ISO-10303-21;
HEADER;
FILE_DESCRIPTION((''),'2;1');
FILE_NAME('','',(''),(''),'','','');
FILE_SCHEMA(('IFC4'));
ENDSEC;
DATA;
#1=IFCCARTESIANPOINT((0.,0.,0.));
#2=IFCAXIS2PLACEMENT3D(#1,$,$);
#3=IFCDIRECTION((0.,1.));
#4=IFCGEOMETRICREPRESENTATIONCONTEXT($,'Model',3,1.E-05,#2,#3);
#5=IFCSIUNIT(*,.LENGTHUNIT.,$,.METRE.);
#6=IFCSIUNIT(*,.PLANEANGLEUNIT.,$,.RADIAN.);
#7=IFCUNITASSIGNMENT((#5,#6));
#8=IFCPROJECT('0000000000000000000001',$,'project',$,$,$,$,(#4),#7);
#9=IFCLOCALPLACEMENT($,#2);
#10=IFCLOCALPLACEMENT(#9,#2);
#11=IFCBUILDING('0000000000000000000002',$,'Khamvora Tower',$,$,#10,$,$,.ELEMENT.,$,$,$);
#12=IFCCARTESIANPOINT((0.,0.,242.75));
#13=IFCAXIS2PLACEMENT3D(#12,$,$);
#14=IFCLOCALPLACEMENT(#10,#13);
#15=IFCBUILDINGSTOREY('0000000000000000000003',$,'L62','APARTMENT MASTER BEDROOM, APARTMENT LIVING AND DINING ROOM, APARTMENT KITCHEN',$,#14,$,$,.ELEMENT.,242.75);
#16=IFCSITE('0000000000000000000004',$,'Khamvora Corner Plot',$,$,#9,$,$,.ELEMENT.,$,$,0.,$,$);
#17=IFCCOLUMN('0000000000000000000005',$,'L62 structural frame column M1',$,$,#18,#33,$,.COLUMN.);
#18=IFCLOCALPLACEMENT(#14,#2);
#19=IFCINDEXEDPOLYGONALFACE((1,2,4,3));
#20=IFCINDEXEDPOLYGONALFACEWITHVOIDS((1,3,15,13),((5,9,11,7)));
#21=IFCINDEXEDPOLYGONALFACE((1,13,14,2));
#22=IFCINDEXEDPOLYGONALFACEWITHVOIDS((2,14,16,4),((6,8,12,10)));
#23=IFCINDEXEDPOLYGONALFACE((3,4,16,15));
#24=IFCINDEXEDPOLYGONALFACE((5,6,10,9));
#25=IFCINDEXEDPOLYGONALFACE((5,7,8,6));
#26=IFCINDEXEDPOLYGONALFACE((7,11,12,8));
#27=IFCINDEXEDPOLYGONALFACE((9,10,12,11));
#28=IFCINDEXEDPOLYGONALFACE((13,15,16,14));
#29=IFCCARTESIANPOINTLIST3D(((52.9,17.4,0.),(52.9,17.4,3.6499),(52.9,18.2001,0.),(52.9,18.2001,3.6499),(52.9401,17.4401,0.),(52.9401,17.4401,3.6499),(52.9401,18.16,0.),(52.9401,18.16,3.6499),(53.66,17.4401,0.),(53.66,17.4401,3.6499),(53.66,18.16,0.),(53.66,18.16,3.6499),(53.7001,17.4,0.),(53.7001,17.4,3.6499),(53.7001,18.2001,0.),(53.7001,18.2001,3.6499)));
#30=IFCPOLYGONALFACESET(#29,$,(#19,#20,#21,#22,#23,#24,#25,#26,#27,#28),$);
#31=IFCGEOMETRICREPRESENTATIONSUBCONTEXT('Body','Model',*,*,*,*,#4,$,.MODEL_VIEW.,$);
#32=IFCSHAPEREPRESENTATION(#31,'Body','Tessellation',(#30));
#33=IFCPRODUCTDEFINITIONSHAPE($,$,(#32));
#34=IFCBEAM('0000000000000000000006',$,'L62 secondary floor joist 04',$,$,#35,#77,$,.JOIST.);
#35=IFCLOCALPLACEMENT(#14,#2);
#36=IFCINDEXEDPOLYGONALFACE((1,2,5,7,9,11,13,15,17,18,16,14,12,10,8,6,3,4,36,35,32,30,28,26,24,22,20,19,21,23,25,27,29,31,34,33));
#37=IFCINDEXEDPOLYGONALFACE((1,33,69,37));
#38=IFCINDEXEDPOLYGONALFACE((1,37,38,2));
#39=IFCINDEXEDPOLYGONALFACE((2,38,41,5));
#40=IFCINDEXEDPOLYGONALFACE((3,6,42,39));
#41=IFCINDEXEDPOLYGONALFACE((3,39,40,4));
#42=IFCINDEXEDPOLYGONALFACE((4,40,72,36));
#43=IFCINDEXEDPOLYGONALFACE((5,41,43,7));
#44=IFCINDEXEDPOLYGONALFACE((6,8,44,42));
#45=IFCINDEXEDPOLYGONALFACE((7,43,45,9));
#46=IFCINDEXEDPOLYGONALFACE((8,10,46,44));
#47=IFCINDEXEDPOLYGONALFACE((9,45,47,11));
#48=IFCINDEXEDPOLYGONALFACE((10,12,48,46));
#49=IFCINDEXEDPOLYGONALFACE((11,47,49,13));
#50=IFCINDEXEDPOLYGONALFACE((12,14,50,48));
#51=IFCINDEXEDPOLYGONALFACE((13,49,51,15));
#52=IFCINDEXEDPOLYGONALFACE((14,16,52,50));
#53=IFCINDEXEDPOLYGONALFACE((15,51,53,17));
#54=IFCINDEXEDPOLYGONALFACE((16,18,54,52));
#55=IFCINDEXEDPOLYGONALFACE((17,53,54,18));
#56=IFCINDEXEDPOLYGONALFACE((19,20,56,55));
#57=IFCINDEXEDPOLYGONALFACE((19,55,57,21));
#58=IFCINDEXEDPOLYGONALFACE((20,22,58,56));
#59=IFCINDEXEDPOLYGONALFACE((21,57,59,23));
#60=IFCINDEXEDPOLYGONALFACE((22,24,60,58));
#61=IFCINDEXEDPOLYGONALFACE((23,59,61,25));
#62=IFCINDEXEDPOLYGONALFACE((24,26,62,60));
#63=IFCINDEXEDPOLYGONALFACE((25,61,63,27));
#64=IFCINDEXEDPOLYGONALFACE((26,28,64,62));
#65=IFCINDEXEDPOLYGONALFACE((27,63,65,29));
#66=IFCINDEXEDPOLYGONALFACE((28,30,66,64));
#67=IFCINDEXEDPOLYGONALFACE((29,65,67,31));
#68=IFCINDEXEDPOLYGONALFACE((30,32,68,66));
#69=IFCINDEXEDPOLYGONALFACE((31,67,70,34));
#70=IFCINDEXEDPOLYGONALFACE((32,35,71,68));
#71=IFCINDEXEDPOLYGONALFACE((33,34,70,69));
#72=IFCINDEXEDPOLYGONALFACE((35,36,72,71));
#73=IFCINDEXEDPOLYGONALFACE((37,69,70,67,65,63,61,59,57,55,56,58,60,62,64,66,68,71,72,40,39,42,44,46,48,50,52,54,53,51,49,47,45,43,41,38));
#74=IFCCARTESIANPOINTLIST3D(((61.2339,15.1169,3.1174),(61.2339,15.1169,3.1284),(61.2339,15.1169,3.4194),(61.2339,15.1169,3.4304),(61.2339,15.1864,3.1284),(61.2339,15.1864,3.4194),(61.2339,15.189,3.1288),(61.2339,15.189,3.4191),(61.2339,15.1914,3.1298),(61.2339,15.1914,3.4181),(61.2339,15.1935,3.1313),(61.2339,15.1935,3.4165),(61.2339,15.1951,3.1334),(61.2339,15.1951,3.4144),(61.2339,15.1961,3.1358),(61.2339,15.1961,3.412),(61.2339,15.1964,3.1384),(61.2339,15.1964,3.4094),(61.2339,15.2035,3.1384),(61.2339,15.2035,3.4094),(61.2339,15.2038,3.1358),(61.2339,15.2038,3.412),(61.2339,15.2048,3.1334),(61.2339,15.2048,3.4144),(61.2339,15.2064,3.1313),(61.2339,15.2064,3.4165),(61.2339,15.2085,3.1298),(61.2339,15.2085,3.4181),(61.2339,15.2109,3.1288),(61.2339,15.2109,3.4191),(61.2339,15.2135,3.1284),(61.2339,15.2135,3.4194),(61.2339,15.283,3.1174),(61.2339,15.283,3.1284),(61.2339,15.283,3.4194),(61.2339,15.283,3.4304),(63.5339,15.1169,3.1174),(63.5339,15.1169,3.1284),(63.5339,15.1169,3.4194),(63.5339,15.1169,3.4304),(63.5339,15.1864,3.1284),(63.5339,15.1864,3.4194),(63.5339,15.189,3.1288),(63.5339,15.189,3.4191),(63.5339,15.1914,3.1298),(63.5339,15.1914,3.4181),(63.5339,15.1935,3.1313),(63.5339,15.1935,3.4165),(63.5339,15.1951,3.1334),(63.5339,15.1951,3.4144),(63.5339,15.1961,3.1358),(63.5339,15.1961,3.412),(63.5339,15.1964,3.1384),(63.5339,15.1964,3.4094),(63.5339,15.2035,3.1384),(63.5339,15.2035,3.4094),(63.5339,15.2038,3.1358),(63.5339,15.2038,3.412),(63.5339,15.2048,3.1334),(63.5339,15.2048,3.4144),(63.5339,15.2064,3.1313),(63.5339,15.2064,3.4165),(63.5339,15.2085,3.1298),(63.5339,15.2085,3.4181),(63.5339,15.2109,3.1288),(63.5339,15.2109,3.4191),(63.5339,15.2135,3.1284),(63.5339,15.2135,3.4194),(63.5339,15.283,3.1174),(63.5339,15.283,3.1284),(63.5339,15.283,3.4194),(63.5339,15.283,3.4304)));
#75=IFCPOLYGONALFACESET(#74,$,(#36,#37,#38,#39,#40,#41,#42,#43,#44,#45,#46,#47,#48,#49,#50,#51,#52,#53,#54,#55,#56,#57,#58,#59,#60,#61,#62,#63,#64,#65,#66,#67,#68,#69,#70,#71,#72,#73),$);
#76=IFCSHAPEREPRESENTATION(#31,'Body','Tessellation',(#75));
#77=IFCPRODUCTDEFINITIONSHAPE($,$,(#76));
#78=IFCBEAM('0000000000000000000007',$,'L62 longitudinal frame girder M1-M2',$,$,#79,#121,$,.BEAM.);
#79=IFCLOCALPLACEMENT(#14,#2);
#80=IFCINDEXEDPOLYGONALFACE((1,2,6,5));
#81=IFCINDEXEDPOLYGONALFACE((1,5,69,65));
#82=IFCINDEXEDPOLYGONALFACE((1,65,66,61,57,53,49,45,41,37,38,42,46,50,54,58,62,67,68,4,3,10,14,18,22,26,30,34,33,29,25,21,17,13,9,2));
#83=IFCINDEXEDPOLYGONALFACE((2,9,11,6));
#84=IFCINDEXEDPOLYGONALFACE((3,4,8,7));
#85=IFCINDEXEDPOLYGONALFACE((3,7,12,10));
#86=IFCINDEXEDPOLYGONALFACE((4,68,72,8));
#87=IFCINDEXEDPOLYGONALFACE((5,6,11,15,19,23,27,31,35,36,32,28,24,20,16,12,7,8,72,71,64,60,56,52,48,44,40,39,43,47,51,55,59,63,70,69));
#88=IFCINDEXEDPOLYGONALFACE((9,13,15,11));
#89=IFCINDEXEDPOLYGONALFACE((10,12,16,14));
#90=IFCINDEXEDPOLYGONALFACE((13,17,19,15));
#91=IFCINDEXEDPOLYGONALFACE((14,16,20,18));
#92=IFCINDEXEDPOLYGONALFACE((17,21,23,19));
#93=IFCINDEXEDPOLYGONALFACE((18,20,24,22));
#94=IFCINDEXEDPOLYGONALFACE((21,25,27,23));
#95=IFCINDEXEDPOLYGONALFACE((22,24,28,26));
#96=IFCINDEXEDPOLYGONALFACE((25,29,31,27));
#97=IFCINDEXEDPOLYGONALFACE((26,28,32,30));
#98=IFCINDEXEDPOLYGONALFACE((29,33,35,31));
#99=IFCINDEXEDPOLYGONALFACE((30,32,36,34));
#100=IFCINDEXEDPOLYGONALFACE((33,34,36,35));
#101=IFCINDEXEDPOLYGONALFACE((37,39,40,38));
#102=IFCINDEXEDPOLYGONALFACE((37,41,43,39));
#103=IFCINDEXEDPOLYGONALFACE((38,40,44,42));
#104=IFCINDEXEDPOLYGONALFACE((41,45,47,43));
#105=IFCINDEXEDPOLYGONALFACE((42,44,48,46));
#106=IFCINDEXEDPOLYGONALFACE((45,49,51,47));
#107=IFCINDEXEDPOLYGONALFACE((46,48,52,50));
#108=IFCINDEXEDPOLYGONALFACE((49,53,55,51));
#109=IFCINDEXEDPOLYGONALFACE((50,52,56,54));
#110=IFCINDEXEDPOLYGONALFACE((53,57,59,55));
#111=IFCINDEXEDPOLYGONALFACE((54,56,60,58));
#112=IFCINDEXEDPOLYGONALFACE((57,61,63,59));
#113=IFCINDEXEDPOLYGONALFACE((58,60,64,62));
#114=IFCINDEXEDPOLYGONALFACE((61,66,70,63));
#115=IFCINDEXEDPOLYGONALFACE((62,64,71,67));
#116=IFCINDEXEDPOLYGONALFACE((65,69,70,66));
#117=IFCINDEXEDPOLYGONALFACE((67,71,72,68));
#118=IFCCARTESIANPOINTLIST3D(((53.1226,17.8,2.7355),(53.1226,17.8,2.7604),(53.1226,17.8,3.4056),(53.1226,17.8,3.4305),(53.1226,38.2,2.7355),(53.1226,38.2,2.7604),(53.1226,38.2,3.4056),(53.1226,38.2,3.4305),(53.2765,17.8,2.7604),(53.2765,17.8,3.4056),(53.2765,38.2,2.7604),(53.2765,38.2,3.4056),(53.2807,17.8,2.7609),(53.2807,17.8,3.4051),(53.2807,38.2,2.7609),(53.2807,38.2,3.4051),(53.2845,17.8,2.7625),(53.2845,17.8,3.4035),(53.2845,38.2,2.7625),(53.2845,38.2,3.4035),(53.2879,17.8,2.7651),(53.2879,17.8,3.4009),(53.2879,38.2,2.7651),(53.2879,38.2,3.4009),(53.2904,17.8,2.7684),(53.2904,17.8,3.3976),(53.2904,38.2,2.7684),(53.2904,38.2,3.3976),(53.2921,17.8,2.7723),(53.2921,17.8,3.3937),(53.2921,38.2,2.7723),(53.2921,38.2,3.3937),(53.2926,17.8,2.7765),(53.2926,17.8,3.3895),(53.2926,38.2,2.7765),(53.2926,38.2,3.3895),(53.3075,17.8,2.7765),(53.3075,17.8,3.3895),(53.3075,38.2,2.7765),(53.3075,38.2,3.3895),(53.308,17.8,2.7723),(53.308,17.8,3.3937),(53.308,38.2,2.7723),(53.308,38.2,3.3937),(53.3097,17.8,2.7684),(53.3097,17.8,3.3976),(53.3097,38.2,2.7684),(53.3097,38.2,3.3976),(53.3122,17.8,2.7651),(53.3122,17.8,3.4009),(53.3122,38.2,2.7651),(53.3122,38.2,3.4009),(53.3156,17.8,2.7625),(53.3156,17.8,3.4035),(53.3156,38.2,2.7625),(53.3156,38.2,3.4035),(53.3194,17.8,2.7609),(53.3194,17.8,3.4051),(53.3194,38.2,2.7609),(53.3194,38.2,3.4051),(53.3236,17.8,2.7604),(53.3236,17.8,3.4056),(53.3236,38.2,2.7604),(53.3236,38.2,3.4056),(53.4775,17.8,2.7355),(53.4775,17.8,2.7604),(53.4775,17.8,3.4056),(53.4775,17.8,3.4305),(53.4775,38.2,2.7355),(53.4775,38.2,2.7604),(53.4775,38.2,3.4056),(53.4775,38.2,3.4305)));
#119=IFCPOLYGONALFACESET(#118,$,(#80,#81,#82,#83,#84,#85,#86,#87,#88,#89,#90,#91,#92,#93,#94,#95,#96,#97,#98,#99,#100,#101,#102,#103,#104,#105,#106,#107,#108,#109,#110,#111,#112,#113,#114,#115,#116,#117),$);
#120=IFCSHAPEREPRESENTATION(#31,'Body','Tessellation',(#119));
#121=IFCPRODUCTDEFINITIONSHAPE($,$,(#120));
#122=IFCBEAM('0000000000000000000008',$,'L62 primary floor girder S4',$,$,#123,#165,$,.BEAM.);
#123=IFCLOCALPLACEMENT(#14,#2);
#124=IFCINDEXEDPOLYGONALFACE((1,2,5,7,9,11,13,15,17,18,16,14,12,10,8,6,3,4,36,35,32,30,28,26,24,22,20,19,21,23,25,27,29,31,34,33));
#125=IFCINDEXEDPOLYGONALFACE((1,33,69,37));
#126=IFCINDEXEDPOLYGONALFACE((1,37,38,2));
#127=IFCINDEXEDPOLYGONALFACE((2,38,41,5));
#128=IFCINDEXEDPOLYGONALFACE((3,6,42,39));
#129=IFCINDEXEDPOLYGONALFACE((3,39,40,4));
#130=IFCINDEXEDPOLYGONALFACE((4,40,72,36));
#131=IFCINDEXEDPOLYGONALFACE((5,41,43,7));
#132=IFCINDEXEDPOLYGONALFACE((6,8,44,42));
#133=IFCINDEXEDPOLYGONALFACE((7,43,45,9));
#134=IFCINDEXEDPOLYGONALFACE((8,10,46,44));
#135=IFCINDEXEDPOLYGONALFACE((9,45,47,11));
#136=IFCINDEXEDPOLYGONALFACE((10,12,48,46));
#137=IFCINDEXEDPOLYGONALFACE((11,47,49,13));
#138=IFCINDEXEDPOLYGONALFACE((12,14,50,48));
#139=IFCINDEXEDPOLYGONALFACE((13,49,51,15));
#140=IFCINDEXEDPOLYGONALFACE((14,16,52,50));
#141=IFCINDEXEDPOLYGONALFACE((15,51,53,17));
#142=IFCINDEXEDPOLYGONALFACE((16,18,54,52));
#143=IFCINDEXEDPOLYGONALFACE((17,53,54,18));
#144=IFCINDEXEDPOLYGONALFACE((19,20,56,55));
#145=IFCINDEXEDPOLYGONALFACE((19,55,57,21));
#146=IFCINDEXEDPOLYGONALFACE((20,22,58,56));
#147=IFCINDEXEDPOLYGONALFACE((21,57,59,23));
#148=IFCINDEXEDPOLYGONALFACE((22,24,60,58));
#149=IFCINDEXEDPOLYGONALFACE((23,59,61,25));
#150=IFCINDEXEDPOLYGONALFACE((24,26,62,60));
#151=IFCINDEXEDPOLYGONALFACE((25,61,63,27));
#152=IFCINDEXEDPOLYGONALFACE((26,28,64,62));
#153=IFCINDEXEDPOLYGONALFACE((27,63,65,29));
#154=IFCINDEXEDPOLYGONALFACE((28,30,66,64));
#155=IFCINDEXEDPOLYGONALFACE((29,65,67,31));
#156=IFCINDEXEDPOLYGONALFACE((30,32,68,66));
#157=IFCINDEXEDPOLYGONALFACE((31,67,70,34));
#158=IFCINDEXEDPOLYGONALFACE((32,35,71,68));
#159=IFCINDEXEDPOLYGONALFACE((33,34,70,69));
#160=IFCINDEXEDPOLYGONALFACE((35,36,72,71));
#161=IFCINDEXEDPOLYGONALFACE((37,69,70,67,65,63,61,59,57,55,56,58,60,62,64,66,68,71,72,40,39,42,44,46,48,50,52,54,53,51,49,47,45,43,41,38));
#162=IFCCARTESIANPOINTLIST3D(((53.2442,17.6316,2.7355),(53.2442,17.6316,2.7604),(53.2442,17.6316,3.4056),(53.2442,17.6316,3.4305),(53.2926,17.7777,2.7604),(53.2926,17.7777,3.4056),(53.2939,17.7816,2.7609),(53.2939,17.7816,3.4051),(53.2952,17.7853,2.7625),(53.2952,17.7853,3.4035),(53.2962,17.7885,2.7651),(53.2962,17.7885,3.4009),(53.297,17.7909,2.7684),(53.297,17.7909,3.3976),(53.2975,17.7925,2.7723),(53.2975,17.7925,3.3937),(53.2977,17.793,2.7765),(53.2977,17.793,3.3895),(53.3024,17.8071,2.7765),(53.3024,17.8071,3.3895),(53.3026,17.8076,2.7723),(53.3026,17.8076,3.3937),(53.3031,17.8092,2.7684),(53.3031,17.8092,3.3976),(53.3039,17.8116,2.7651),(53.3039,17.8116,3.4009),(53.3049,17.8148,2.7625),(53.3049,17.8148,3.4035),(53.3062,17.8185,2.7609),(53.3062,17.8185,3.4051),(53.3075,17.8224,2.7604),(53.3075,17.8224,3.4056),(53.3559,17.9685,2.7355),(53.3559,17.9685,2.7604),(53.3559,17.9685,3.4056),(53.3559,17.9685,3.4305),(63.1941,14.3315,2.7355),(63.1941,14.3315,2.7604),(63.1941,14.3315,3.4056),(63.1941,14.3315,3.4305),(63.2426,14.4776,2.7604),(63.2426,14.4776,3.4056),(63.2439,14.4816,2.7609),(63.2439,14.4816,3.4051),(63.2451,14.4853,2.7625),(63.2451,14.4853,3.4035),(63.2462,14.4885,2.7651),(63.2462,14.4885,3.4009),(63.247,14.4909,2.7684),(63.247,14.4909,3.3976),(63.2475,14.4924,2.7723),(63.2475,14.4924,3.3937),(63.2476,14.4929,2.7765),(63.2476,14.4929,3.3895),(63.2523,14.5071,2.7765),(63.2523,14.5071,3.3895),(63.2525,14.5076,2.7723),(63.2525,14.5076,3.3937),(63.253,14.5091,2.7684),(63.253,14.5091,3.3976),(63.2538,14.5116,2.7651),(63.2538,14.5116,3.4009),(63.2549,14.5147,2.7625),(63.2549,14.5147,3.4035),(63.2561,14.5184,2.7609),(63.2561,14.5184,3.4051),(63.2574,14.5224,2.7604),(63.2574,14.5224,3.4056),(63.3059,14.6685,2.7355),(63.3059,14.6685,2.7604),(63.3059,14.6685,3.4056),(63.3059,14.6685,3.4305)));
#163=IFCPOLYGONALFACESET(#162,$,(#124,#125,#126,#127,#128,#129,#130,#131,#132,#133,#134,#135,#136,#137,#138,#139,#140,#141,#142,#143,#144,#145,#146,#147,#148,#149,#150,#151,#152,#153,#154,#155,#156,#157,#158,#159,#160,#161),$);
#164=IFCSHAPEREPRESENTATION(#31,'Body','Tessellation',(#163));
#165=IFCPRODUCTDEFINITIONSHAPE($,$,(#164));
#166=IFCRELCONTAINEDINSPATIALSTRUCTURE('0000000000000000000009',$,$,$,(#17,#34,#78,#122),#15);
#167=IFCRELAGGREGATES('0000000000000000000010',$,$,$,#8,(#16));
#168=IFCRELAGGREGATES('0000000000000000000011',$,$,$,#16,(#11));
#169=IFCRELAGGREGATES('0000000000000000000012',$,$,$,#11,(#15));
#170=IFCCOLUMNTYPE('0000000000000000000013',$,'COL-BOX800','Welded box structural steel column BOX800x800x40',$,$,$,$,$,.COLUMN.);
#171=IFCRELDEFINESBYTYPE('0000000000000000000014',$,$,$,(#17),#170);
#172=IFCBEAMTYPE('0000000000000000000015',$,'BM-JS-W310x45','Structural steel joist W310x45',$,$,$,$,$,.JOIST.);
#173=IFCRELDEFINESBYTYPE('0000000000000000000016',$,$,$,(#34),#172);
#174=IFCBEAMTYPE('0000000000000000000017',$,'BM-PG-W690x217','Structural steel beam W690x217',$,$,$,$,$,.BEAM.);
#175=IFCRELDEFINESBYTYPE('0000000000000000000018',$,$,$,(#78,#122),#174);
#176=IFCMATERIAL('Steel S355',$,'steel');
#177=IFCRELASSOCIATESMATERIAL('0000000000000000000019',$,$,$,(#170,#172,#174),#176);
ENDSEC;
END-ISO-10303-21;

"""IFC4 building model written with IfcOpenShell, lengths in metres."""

from ifc_helpers import new_model, si_unit, direction, frame, origin, origin_2d, place, context, subcontext, project, spatial, hollow_rectangle, i_section, extrude, material, material_profile, profile_set, type_object, element, save


model = new_model("IFC4")

# Units and contexts
model_context = context("Model", 3, precision=1e-05, world=origin(), true_north=direction((0.0, 1.0)))
body_context = subcontext(model_context, "Body", "Model", "MODEL_VIEW")
ifc_project = project(units=[si_unit("LENGTHUNIT", "METRE"), si_unit("PLANEANGLEUNIT", "RADIAN")], contexts=[model_context])

# Site, building, storey
site_placement = place(None, origin())
site = spatial("IfcSite", under=ifc_project, at=site_placement, Name="Khamvora Corner Plot", CompositionType="ELEMENT", RefElevation=0.0)
building_placement = place(site_placement, origin())
building = spatial("IfcBuilding", under=site, at=building_placement, Name="Khamvora Tower", CompositionType="ELEMENT")
storey_placement = place(building_placement, frame((0.0, 0.0, 242.75)))
storey = spatial("IfcBuildingStorey", under=building, at=storey_placement, Name="L62", Description="APARTMENT MASTER BEDROOM, APARTMENT LIVING AND DINING ROOM, APARTMENT KITCHEN", CompositionType="ELEMENT", Elevation=242.75)

# Column
ifc_material_1 = material(Name="Steel S355", Category="steel")
ifc_material_profile_1 = material_profile(ifc_material_1, hollow_rectangle(XDim=0.8, YDim=0.8, WallThickness=0.04, at=origin_2d()), Name="BOX800x800x40")
ifc_profile_set_1 = profile_set([ifc_material_profile_1], Name="Steel S355")
column_type = type_object("IfcColumnType", Name="COL-BOX800", Description="Welded box structural steel column BOX800x800x40", PredefinedType="COLUMN", material=ifc_profile_set_1)
column_placement = place(storey_placement, frame((53.3, 17.8, 0.0), z_axis=(0.0, 0.0, 1.0), x_axis=(1.0, 0.0, 0.0)))
element("IfcColumn", 1, at=column_placement, inside=storey, type_object=column_type, Name="L62 structural frame column M1", PredefinedType="COLUMN", context=body_context, shape_type="SweptSolid", body=[
    extrude(hollow_rectangle(XDim=0.8, YDim=0.8, WallThickness=0.04, at=origin_2d()), origin(), (0.0, 0.0, 1.0), 3.6499),
])

# Beams
ifc_material_profile_2 = material_profile(ifc_material_1, i_section(OverallWidth=0.166, OverallDepth=0.313, WebThickness=0.0071, FlangeThickness=0.011, FilletRadius=0.01, at=origin_2d()), Name="W310x45")
ifc_profile_set_2 = profile_set([ifc_material_profile_2], Name="Steel S355")
beam_type_1 = type_object("IfcBeamType", Name="BM-JS-W310x45", Description="Structural steel joist W310x45", PredefinedType="JOIST", material=ifc_profile_set_2)
beam_1_placement = place(storey_placement, frame((61.2339, 15.2, 3.2739), z_axis=(1.0, 0.0, 0.0), x_axis=(0.0, 1.0, 0.0)))
element("IfcBeam", 2, at=beam_1_placement, inside=storey, type_object=beam_type_1, Name="L62 secondary floor joist 04", PredefinedType="JOIST", context=body_context, shape_type="SweptSolid", body=[
    extrude(i_section(OverallWidth=0.166, OverallDepth=0.313, WebThickness=0.0071, FlangeThickness=0.011, FilletRadius=0.01, at=origin_2d()), origin(), (0.0, 0.0, 1.0), 2.3),
])
ifc_material_profile_3 = material_profile(ifc_material_1, i_section(OverallWidth=0.355, OverallDepth=0.6951, WebThickness=0.0149, FlangeThickness=0.0249, FilletRadius=0.0161, at=origin_2d()), Name="W690x217")
ifc_profile_set_3 = profile_set([ifc_material_profile_3], Name="Steel S355")
beam_type_2 = type_object("IfcBeamType", Name="BM-PG-W690x217", Description="Structural steel beam W690x217", PredefinedType="BEAM", material=ifc_profile_set_3)
beam_2_placement = place(storey_placement, frame((53.3, 17.8, 3.083), z_axis=(0.0, 1.0, 0.0), x_axis=(-1.0, 0.0, 0.0)))
element("IfcBeam", 3, at=beam_2_placement, inside=storey, type_object=beam_type_2, Name="L62 longitudinal frame girder M1-M2", PredefinedType="BEAM", context=body_context, shape_type="SweptSolid", body=[
    extrude(i_section(OverallWidth=0.355, OverallDepth=0.6951, WebThickness=0.0149, FlangeThickness=0.0249, FilletRadius=0.0161, at=origin_2d()), origin(), (0.0, 0.0, 1.0), 20.3999),
])
beam_3_placement = place(storey_placement, frame((53.3, 17.8, 3.083), z_axis=(0.949157, -0.314802, 0.0), x_axis=(0.314802, 0.949157, 0.0)))
element("IfcBeam", 4, at=beam_3_placement, inside=storey, type_object=beam_type_2, Name="L62 primary floor girder S4", PredefinedType="BEAM", context=body_context, shape_type="SweptSolid", body=[
    extrude(i_section(OverallWidth=0.355, OverallDepth=0.6951, WebThickness=0.0149, FlangeThickness=0.0249, FilletRadius=0.0161, at=origin_2d()), origin(), (0.0, 0.0, 1.0), 10.4829),
])

save(model, "model.ifc")
